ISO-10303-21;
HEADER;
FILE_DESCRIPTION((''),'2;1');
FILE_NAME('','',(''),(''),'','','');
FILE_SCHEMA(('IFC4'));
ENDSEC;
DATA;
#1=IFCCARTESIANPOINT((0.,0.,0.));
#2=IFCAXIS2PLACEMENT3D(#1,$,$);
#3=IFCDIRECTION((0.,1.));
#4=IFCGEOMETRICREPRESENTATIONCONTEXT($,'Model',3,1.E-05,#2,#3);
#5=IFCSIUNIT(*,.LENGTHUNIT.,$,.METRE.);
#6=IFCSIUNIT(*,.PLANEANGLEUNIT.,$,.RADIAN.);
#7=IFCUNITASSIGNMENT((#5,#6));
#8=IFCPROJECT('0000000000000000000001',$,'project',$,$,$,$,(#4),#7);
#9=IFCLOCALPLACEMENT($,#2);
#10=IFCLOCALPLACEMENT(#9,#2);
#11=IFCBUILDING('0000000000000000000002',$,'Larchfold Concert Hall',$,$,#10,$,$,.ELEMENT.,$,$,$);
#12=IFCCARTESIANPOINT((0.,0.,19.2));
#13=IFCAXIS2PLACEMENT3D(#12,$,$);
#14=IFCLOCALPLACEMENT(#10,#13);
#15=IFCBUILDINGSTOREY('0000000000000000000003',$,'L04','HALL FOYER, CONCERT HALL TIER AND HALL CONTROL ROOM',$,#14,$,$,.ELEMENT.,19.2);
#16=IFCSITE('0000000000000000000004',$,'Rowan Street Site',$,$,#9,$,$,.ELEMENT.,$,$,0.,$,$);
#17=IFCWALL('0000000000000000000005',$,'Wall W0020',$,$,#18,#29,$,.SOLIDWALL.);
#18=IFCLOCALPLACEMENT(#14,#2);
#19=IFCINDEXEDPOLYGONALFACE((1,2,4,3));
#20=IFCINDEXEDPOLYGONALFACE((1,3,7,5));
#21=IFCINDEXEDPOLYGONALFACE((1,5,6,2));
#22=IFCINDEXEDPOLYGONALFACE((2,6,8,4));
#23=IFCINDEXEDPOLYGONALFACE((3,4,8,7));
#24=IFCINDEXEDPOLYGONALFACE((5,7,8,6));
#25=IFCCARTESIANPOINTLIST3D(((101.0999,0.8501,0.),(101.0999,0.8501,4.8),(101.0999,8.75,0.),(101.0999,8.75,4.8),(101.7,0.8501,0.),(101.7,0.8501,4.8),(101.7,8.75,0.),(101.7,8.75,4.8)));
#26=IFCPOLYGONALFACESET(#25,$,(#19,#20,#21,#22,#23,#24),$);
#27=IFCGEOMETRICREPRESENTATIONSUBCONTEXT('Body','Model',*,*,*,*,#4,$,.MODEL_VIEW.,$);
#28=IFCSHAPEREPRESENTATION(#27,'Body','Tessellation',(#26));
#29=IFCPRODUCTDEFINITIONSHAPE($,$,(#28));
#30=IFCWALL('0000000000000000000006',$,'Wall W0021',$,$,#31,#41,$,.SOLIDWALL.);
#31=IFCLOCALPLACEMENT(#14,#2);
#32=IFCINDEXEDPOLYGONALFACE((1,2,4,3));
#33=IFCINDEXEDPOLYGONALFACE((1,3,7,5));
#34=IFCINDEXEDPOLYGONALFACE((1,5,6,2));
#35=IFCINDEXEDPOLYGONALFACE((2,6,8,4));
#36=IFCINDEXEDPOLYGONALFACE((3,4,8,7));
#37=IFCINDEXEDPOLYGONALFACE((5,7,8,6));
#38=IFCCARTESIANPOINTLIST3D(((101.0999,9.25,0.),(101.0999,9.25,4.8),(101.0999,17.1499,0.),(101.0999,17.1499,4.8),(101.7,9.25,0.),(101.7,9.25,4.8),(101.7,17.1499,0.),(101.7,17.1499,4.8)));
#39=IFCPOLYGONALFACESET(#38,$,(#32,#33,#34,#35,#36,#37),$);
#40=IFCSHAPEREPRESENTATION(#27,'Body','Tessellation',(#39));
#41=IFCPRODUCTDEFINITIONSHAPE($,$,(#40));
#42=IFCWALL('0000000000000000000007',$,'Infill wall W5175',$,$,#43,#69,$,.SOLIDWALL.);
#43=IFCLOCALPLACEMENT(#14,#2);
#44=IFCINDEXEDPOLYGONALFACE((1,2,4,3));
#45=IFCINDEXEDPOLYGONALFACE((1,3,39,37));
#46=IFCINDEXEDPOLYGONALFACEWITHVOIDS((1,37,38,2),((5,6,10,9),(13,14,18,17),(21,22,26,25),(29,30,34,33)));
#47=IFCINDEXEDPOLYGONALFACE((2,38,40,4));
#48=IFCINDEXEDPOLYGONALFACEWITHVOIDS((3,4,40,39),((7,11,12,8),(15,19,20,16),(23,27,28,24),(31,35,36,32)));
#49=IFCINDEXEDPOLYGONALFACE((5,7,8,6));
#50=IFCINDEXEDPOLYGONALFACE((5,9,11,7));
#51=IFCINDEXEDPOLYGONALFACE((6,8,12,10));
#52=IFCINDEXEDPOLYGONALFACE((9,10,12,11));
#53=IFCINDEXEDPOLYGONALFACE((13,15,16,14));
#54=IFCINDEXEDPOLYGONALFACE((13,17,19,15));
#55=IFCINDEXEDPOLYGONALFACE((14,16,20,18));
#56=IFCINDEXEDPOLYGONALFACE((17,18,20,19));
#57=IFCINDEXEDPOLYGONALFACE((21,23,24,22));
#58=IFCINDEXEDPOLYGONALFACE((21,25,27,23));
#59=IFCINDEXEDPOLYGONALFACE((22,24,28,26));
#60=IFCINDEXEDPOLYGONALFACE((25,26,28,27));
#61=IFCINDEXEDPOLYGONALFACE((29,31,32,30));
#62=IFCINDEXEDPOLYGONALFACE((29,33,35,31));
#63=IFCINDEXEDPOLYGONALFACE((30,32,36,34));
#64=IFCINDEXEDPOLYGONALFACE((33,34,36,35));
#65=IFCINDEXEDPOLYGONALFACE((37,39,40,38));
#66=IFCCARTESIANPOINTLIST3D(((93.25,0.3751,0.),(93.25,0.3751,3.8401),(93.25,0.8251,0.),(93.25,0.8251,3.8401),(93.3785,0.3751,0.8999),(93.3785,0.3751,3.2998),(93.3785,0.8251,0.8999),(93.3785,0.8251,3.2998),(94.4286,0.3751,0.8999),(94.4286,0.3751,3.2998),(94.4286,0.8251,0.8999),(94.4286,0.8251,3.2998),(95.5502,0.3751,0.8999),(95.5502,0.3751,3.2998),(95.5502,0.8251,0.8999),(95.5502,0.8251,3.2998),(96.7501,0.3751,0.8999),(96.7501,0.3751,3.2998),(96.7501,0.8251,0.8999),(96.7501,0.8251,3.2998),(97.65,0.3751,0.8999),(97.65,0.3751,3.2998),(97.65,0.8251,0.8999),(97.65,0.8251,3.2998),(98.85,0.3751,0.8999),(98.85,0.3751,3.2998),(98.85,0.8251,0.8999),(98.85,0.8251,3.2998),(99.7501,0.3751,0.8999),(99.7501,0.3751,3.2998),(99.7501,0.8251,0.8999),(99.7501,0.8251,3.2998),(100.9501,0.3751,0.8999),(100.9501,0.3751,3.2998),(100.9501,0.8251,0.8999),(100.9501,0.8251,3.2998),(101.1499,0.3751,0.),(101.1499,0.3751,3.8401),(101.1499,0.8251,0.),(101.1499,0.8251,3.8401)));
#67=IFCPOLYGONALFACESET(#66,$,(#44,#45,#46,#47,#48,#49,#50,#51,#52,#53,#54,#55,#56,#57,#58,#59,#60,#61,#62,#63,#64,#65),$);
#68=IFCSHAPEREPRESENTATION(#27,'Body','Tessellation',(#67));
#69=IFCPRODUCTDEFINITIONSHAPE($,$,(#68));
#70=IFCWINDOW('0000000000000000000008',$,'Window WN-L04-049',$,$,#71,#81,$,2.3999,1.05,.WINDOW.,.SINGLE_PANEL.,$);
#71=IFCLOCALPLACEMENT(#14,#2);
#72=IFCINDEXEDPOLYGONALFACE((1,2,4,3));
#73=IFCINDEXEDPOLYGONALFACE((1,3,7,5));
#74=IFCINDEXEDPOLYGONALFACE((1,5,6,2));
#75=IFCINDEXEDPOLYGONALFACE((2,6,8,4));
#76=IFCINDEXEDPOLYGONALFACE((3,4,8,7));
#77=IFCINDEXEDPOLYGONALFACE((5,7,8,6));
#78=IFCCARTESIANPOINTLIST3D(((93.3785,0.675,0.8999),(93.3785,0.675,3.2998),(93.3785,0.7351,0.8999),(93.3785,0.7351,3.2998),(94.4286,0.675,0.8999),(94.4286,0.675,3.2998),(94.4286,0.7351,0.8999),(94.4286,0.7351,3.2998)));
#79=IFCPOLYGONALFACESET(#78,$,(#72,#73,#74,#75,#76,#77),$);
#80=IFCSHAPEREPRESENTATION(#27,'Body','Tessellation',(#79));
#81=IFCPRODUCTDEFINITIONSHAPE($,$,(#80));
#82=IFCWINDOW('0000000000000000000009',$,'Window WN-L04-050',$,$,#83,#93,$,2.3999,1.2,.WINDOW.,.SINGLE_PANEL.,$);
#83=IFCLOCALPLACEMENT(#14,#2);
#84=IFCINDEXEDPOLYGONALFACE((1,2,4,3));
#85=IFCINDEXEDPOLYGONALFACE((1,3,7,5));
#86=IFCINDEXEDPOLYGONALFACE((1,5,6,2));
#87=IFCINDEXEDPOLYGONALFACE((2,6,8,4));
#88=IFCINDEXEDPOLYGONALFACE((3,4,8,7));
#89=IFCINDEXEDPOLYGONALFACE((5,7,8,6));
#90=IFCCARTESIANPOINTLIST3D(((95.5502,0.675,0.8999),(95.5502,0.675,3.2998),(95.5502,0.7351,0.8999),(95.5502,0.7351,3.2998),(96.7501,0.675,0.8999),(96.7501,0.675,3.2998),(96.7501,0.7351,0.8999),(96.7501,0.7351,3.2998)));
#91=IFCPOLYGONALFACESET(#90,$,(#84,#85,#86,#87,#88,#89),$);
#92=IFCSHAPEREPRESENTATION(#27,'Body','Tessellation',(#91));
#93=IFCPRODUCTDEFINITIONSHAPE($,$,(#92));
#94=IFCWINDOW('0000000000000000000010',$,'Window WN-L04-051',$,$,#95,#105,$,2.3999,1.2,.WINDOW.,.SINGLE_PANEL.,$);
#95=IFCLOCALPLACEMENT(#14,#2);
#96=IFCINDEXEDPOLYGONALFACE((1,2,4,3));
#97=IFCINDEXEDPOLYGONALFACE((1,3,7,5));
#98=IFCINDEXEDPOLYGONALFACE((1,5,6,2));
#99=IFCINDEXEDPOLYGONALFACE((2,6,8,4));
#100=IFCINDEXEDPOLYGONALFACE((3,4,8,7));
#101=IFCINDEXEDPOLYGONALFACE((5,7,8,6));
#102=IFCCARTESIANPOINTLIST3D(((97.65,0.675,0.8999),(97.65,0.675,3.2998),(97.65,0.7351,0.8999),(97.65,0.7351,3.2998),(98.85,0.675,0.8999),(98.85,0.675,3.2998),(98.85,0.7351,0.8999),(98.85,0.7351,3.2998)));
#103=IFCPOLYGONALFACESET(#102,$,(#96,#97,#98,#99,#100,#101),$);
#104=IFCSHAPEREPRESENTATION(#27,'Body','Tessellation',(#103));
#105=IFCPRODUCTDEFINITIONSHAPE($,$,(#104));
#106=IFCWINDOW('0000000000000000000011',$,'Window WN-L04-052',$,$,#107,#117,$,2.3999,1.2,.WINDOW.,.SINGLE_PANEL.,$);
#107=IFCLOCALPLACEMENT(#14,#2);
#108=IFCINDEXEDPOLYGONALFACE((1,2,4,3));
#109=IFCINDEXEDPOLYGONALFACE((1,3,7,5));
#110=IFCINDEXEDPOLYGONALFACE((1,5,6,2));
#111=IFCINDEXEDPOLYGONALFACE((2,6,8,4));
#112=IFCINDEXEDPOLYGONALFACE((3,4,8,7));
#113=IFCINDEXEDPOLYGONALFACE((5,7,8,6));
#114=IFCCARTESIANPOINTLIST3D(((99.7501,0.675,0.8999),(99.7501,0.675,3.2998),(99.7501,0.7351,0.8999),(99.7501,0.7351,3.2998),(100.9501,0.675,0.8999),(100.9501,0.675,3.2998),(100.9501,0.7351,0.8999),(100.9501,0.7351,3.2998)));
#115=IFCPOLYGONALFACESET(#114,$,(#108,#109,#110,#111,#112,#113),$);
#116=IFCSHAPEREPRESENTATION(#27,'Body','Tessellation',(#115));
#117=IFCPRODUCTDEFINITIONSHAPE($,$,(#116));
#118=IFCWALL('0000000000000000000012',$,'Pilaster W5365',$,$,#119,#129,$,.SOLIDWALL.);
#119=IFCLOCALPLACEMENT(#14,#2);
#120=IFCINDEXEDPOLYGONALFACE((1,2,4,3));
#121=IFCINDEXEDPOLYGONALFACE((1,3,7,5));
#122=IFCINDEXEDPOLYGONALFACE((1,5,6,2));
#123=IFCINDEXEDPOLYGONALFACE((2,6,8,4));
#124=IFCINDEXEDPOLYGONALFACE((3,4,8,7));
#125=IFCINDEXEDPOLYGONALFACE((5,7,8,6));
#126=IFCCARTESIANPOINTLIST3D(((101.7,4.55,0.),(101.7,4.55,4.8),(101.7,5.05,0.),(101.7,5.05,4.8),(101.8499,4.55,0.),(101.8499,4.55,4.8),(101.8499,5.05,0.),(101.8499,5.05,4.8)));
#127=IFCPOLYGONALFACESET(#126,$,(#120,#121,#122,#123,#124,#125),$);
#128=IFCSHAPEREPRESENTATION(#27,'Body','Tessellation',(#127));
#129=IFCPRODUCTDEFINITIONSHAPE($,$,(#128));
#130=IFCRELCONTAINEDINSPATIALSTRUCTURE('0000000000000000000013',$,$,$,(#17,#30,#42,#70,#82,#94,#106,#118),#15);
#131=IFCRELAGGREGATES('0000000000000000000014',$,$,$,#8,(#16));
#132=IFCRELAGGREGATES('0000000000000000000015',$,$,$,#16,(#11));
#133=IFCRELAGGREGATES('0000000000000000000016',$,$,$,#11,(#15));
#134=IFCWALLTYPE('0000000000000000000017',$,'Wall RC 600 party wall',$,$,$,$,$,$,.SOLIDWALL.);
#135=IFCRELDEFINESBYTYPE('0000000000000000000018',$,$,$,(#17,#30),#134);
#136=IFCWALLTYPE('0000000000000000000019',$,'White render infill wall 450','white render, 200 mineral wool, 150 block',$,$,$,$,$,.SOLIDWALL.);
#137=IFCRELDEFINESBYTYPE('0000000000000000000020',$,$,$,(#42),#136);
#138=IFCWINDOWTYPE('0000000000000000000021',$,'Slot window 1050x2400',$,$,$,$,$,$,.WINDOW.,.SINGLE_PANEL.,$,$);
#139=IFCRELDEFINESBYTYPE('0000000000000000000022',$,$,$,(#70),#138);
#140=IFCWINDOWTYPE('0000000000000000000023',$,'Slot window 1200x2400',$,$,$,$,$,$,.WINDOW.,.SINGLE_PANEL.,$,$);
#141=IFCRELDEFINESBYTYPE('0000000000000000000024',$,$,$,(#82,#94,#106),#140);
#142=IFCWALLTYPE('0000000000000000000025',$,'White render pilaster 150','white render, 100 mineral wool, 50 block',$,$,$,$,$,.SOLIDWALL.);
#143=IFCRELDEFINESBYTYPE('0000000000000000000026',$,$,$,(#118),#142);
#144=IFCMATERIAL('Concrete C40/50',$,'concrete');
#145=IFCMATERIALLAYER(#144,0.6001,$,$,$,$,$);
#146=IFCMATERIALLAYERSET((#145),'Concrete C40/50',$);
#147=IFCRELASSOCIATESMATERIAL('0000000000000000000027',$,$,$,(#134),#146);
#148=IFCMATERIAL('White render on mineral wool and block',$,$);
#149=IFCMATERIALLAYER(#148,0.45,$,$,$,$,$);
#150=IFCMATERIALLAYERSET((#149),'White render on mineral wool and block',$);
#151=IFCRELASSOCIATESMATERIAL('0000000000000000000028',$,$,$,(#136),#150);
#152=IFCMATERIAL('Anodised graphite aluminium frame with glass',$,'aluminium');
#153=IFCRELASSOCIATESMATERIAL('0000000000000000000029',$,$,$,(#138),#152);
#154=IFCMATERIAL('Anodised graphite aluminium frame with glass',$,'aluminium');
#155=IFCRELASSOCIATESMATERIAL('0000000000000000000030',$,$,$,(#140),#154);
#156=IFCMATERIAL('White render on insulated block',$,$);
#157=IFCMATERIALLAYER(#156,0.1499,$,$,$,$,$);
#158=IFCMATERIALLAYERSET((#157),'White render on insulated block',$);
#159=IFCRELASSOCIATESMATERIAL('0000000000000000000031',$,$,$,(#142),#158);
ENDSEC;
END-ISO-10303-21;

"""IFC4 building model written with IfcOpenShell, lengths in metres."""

from ifc_helpers import new_model, si_unit, direction, frame, frame_2d, origin, place, context, subcontext, project, spatial, rectangle, extrude, material, layer, layer_set, type_object, element, fill, save


model = new_model("IFC4")

# Units and contexts
model_context = context("Model", 3, precision=1e-05, world=origin(), true_north=direction((0.0, 1.0)))
body_context = subcontext(model_context, "Body", "Model", "MODEL_VIEW")
ifc_project = project(units=[si_unit("LENGTHUNIT", "METRE"), si_unit("PLANEANGLEUNIT", "RADIAN")], contexts=[model_context])

# Site, building, storey
site_placement = place(None, origin())
site = spatial("IfcSite", under=ifc_project, at=site_placement, Name="Rowan Street Site", CompositionType="ELEMENT", RefElevation=0.0)
building_placement = place(site_placement, origin())
building = spatial("IfcBuilding", under=site, at=building_placement, Name="Larchfold Concert Hall", CompositionType="ELEMENT")
storey_placement = place(building_placement, frame((0.0, 0.0, 19.2)))
storey = spatial("IfcBuildingStorey", under=building, at=storey_placement, Name="L04", Description="HALL FOYER, CONCERT HALL TIER AND HALL CONTROL ROOM", CompositionType="ELEMENT", Elevation=19.2)

# Walls
ifc_material_1 = material(Name="Concrete C40/50", Category="concrete")
ifc_layer_1 = layer(ifc_material_1, 0.6001)
ifc_layer_set_1 = layer_set([ifc_layer_1], Name="Concrete C40/50")
wall_type_1 = type_object("IfcWallType", Name="Wall RC 600 party wall", PredefinedType="SOLIDWALL", material=ifc_layer_set_1)
for number, where, z_axis, x_axis, name in (
    (1, (101.3999, 0.8501, 0.0), (0.0, 0.0, 1.0), (0.0, 1.0, 0.0), "Wall W0020"),
    (2, (101.3999, 9.25, 0.0), (0.0, 0.0, 1.0), (0.0, 1.0, 0.0), "Wall W0021"),
):
    element("IfcWall", number, at=place(storey_placement, frame(where, z_axis=z_axis, x_axis=x_axis)), inside=storey, type_object=wall_type_1, Name=name, PredefinedType="SOLIDWALL", context=body_context, shape_type="SweptSolid", body=[
        extrude(rectangle(XDim=7.8999, YDim=0.6001, at=frame_2d((3.95, 0.0))), origin(), (0.0, 0.0, 1.0), 4.8),
    ])

# Wall, openings, windows
ifc_material_2 = material(Name="White render on mineral wool and block")
ifc_layer_2 = layer(ifc_material_2, 0.45)
ifc_layer_set_2 = layer_set([ifc_layer_2], Name="White render on mineral wool and block")
wall_type_2 = type_object("IfcWallType", Name="White render infill wall 450", Description="white render, 200 mineral wool, 150 block", PredefinedType="SOLIDWALL", material=ifc_layer_set_2)
wall_1_placement = place(storey_placement, frame((93.25, 0.6001, 0.0), z_axis=(0.0, 0.0, 1.0), x_axis=(1.0, 0.0, 0.0)))
wall_1 = element("IfcWall", 3, at=wall_1_placement, inside=storey, type_object=wall_type_2, Name="Infill wall W5175", PredefinedType="SOLIDWALL", context=body_context, shape_type="SweptSolid", body=[
    extrude(rectangle(XDim=7.8999, YDim=0.45, at=frame_2d((3.95, 0.0))), origin(), (0.0, 0.0, 1.0), 3.8401),
])
opening_1_placement = place(wall_1_placement, frame((0.1287, 0.0, 0.8999)))
opening_1 = element("IfcOpeningElement", 4, at=opening_1_placement, cuts=wall_1, PredefinedType="OPENING", context=body_context, shape_type="SweptSolid", body=[
    extrude(rectangle(XDim=1.05, YDim=2.3999, at=frame_2d((0.5249, 1.2))), frame((0.0, 0.2349, 0.0), z_axis=(0.0, -1.0, 0.0), x_axis=(1.0, 0.0, 0.0)), (0.0, 0.0, 1.0), 0.47),
])
opening_2_placement = place(wall_1_placement, frame((2.3, 0.0, 0.8999)))
opening_2 = element("IfcOpeningElement", 5, at=opening_2_placement, cuts=wall_1, PredefinedType="OPENING", context=body_context, shape_type="SweptSolid", body=[
    extrude(rectangle(XDim=1.2, YDim=2.3999, at=frame_2d((0.6001, 1.2))), frame((0.0, 0.2349, 0.0), z_axis=(0.0, -1.0, 0.0), x_axis=(1.0, 0.0, 0.0)), (0.0, 0.0, 1.0), 0.47),
])
opening_3_placement = place(wall_1_placement, frame((4.3999, 0.0, 0.8999)))
opening_3 = element("IfcOpeningElement", 6, at=opening_3_placement, cuts=wall_1, PredefinedType="OPENING", context=body_context, shape_type="SweptSolid", body=[
    extrude(rectangle(XDim=1.2, YDim=2.3999, at=frame_2d((0.6001, 1.2))), frame((0.0, 0.2349, 0.0), z_axis=(0.0, -1.0, 0.0), x_axis=(1.0, 0.0, 0.0)), (0.0, 0.0, 1.0), 0.47),
])
opening_4_placement = place(wall_1_placement, frame((6.5, 0.0, 0.8999)))
opening_4 = element("IfcOpeningElement", 7, at=opening_4_placement, cuts=wall_1, PredefinedType="OPENING", context=body_context, shape_type="SweptSolid", body=[
    extrude(rectangle(XDim=1.2, YDim=2.3999, at=frame_2d((0.6001, 1.2))), frame((0.0, 0.2349, 0.0), z_axis=(0.0, -1.0, 0.0), x_axis=(1.0, 0.0, 0.0)), (0.0, 0.0, 1.0), 0.47),
])
ifc_material_3 = material(Name="Anodised graphite aluminium frame with glass", Category="aluminium")
window_type_1 = type_object("IfcWindowType", Name="Slot window 1050x2400", PartitioningType="SINGLE_PANEL", PredefinedType="WINDOW", material=ifc_material_3)
window_1_placement = place(opening_1_placement, origin())
window_1 = element("IfcWindow", 8, at=window_1_placement, inside=storey, type_object=window_type_1, Name="Window WN-L04-049", OverallHeight=2.3999, OverallWidth=1.05, PartitioningType="SINGLE_PANEL", PredefinedType="WINDOW", context=body_context, shape_type="SweptSolid", body=[
    extrude(rectangle(XDim=1.05, YDim=2.3999, at=frame_2d((0.5249, 1.2))), frame((0.0, 0.135, 0.0), z_axis=(0.0, -1.0, 0.0), x_axis=(1.0, 0.0, 0.0)), (0.0, 0.0, 1.0), 0.0601),
])
fill(opening_1, window_1)
ifc_material_4 = material(Name="Anodised graphite aluminium frame with glass", Category="aluminium")
window_type_2 = type_object("IfcWindowType", Name="Slot window 1200x2400", PartitioningType="SINGLE_PANEL", PredefinedType="WINDOW", material=ifc_material_4)
window_2_placement = place(opening_2_placement, origin())
window_2 = element("IfcWindow", 9, at=window_2_placement, inside=storey, type_object=window_type_2, Name="Window WN-L04-050", OverallHeight=2.3999, OverallWidth=1.2, PartitioningType="SINGLE_PANEL", PredefinedType="WINDOW", context=body_context, shape_type="SweptSolid", body=[
    extrude(rectangle(XDim=1.2, YDim=2.3999, at=frame_2d((0.6001, 1.2))), frame((0.0, 0.135, 0.0), z_axis=(0.0, -1.0, 0.0), x_axis=(1.0, 0.0, 0.0)), (0.0, 0.0, 1.0), 0.0601),
])
fill(opening_2, window_2)
window_3_placement = place(opening_3_placement, origin())
window_3 = element("IfcWindow", 10, at=window_3_placement, inside=storey, type_object=window_type_2, Name="Window WN-L04-051", OverallHeight=2.3999, OverallWidth=1.2, PartitioningType="SINGLE_PANEL", PredefinedType="WINDOW", context=body_context, shape_type="SweptSolid", body=[
    extrude(rectangle(XDim=1.2, YDim=2.3999, at=frame_2d((0.6001, 1.2))), frame((0.0, 0.135, 0.0), z_axis=(0.0, -1.0, 0.0), x_axis=(1.0, 0.0, 0.0)), (0.0, 0.0, 1.0), 0.0601),
])
fill(opening_3, window_3)
window_4_placement = place(opening_4_placement, origin())
window_4 = element("IfcWindow", 11, at=window_4_placement, inside=storey, type_object=window_type_2, Name="Window WN-L04-052", OverallHeight=2.3999, OverallWidth=1.2, PartitioningType="SINGLE_PANEL", PredefinedType="WINDOW", context=body_context, shape_type="SweptSolid", body=[
    extrude(rectangle(XDim=1.2, YDim=2.3999, at=frame_2d((0.6001, 1.2))), frame((0.0, 0.135, 0.0), z_axis=(0.0, -1.0, 0.0), x_axis=(1.0, 0.0, 0.0)), (0.0, 0.0, 1.0), 0.0601),
])
fill(opening_4, window_4)

# Wall
ifc_material_5 = material(Name="White render on insulated block")
ifc_layer_3 = layer(ifc_material_5, 0.1499)
ifc_layer_set_3 = layer_set([ifc_layer_3], Name="White render on insulated block")
wall_type_3 = type_object("IfcWallType", Name="White render pilaster 150", Description="white render, 100 mineral wool, 50 block", PredefinedType="SOLIDWALL", material=ifc_layer_set_3)
wall_2_placement = place(storey_placement, frame((101.7749, 4.55, 0.0), z_axis=(0.0, 0.0, 1.0), x_axis=(0.0, 1.0, 0.0)))
element("IfcWall", 12, at=wall_2_placement, inside=storey, type_object=wall_type_3, Name="Pilaster W5365", PredefinedType="SOLIDWALL", context=body_context, shape_type="SweptSolid", body=[
    extrude(rectangle(XDim=0.5, YDim=0.1499, at=frame_2d((0.25, 0.0))), origin(), (0.0, 0.0, 1.0), 4.8),
])

save(model, "model.ifc")
